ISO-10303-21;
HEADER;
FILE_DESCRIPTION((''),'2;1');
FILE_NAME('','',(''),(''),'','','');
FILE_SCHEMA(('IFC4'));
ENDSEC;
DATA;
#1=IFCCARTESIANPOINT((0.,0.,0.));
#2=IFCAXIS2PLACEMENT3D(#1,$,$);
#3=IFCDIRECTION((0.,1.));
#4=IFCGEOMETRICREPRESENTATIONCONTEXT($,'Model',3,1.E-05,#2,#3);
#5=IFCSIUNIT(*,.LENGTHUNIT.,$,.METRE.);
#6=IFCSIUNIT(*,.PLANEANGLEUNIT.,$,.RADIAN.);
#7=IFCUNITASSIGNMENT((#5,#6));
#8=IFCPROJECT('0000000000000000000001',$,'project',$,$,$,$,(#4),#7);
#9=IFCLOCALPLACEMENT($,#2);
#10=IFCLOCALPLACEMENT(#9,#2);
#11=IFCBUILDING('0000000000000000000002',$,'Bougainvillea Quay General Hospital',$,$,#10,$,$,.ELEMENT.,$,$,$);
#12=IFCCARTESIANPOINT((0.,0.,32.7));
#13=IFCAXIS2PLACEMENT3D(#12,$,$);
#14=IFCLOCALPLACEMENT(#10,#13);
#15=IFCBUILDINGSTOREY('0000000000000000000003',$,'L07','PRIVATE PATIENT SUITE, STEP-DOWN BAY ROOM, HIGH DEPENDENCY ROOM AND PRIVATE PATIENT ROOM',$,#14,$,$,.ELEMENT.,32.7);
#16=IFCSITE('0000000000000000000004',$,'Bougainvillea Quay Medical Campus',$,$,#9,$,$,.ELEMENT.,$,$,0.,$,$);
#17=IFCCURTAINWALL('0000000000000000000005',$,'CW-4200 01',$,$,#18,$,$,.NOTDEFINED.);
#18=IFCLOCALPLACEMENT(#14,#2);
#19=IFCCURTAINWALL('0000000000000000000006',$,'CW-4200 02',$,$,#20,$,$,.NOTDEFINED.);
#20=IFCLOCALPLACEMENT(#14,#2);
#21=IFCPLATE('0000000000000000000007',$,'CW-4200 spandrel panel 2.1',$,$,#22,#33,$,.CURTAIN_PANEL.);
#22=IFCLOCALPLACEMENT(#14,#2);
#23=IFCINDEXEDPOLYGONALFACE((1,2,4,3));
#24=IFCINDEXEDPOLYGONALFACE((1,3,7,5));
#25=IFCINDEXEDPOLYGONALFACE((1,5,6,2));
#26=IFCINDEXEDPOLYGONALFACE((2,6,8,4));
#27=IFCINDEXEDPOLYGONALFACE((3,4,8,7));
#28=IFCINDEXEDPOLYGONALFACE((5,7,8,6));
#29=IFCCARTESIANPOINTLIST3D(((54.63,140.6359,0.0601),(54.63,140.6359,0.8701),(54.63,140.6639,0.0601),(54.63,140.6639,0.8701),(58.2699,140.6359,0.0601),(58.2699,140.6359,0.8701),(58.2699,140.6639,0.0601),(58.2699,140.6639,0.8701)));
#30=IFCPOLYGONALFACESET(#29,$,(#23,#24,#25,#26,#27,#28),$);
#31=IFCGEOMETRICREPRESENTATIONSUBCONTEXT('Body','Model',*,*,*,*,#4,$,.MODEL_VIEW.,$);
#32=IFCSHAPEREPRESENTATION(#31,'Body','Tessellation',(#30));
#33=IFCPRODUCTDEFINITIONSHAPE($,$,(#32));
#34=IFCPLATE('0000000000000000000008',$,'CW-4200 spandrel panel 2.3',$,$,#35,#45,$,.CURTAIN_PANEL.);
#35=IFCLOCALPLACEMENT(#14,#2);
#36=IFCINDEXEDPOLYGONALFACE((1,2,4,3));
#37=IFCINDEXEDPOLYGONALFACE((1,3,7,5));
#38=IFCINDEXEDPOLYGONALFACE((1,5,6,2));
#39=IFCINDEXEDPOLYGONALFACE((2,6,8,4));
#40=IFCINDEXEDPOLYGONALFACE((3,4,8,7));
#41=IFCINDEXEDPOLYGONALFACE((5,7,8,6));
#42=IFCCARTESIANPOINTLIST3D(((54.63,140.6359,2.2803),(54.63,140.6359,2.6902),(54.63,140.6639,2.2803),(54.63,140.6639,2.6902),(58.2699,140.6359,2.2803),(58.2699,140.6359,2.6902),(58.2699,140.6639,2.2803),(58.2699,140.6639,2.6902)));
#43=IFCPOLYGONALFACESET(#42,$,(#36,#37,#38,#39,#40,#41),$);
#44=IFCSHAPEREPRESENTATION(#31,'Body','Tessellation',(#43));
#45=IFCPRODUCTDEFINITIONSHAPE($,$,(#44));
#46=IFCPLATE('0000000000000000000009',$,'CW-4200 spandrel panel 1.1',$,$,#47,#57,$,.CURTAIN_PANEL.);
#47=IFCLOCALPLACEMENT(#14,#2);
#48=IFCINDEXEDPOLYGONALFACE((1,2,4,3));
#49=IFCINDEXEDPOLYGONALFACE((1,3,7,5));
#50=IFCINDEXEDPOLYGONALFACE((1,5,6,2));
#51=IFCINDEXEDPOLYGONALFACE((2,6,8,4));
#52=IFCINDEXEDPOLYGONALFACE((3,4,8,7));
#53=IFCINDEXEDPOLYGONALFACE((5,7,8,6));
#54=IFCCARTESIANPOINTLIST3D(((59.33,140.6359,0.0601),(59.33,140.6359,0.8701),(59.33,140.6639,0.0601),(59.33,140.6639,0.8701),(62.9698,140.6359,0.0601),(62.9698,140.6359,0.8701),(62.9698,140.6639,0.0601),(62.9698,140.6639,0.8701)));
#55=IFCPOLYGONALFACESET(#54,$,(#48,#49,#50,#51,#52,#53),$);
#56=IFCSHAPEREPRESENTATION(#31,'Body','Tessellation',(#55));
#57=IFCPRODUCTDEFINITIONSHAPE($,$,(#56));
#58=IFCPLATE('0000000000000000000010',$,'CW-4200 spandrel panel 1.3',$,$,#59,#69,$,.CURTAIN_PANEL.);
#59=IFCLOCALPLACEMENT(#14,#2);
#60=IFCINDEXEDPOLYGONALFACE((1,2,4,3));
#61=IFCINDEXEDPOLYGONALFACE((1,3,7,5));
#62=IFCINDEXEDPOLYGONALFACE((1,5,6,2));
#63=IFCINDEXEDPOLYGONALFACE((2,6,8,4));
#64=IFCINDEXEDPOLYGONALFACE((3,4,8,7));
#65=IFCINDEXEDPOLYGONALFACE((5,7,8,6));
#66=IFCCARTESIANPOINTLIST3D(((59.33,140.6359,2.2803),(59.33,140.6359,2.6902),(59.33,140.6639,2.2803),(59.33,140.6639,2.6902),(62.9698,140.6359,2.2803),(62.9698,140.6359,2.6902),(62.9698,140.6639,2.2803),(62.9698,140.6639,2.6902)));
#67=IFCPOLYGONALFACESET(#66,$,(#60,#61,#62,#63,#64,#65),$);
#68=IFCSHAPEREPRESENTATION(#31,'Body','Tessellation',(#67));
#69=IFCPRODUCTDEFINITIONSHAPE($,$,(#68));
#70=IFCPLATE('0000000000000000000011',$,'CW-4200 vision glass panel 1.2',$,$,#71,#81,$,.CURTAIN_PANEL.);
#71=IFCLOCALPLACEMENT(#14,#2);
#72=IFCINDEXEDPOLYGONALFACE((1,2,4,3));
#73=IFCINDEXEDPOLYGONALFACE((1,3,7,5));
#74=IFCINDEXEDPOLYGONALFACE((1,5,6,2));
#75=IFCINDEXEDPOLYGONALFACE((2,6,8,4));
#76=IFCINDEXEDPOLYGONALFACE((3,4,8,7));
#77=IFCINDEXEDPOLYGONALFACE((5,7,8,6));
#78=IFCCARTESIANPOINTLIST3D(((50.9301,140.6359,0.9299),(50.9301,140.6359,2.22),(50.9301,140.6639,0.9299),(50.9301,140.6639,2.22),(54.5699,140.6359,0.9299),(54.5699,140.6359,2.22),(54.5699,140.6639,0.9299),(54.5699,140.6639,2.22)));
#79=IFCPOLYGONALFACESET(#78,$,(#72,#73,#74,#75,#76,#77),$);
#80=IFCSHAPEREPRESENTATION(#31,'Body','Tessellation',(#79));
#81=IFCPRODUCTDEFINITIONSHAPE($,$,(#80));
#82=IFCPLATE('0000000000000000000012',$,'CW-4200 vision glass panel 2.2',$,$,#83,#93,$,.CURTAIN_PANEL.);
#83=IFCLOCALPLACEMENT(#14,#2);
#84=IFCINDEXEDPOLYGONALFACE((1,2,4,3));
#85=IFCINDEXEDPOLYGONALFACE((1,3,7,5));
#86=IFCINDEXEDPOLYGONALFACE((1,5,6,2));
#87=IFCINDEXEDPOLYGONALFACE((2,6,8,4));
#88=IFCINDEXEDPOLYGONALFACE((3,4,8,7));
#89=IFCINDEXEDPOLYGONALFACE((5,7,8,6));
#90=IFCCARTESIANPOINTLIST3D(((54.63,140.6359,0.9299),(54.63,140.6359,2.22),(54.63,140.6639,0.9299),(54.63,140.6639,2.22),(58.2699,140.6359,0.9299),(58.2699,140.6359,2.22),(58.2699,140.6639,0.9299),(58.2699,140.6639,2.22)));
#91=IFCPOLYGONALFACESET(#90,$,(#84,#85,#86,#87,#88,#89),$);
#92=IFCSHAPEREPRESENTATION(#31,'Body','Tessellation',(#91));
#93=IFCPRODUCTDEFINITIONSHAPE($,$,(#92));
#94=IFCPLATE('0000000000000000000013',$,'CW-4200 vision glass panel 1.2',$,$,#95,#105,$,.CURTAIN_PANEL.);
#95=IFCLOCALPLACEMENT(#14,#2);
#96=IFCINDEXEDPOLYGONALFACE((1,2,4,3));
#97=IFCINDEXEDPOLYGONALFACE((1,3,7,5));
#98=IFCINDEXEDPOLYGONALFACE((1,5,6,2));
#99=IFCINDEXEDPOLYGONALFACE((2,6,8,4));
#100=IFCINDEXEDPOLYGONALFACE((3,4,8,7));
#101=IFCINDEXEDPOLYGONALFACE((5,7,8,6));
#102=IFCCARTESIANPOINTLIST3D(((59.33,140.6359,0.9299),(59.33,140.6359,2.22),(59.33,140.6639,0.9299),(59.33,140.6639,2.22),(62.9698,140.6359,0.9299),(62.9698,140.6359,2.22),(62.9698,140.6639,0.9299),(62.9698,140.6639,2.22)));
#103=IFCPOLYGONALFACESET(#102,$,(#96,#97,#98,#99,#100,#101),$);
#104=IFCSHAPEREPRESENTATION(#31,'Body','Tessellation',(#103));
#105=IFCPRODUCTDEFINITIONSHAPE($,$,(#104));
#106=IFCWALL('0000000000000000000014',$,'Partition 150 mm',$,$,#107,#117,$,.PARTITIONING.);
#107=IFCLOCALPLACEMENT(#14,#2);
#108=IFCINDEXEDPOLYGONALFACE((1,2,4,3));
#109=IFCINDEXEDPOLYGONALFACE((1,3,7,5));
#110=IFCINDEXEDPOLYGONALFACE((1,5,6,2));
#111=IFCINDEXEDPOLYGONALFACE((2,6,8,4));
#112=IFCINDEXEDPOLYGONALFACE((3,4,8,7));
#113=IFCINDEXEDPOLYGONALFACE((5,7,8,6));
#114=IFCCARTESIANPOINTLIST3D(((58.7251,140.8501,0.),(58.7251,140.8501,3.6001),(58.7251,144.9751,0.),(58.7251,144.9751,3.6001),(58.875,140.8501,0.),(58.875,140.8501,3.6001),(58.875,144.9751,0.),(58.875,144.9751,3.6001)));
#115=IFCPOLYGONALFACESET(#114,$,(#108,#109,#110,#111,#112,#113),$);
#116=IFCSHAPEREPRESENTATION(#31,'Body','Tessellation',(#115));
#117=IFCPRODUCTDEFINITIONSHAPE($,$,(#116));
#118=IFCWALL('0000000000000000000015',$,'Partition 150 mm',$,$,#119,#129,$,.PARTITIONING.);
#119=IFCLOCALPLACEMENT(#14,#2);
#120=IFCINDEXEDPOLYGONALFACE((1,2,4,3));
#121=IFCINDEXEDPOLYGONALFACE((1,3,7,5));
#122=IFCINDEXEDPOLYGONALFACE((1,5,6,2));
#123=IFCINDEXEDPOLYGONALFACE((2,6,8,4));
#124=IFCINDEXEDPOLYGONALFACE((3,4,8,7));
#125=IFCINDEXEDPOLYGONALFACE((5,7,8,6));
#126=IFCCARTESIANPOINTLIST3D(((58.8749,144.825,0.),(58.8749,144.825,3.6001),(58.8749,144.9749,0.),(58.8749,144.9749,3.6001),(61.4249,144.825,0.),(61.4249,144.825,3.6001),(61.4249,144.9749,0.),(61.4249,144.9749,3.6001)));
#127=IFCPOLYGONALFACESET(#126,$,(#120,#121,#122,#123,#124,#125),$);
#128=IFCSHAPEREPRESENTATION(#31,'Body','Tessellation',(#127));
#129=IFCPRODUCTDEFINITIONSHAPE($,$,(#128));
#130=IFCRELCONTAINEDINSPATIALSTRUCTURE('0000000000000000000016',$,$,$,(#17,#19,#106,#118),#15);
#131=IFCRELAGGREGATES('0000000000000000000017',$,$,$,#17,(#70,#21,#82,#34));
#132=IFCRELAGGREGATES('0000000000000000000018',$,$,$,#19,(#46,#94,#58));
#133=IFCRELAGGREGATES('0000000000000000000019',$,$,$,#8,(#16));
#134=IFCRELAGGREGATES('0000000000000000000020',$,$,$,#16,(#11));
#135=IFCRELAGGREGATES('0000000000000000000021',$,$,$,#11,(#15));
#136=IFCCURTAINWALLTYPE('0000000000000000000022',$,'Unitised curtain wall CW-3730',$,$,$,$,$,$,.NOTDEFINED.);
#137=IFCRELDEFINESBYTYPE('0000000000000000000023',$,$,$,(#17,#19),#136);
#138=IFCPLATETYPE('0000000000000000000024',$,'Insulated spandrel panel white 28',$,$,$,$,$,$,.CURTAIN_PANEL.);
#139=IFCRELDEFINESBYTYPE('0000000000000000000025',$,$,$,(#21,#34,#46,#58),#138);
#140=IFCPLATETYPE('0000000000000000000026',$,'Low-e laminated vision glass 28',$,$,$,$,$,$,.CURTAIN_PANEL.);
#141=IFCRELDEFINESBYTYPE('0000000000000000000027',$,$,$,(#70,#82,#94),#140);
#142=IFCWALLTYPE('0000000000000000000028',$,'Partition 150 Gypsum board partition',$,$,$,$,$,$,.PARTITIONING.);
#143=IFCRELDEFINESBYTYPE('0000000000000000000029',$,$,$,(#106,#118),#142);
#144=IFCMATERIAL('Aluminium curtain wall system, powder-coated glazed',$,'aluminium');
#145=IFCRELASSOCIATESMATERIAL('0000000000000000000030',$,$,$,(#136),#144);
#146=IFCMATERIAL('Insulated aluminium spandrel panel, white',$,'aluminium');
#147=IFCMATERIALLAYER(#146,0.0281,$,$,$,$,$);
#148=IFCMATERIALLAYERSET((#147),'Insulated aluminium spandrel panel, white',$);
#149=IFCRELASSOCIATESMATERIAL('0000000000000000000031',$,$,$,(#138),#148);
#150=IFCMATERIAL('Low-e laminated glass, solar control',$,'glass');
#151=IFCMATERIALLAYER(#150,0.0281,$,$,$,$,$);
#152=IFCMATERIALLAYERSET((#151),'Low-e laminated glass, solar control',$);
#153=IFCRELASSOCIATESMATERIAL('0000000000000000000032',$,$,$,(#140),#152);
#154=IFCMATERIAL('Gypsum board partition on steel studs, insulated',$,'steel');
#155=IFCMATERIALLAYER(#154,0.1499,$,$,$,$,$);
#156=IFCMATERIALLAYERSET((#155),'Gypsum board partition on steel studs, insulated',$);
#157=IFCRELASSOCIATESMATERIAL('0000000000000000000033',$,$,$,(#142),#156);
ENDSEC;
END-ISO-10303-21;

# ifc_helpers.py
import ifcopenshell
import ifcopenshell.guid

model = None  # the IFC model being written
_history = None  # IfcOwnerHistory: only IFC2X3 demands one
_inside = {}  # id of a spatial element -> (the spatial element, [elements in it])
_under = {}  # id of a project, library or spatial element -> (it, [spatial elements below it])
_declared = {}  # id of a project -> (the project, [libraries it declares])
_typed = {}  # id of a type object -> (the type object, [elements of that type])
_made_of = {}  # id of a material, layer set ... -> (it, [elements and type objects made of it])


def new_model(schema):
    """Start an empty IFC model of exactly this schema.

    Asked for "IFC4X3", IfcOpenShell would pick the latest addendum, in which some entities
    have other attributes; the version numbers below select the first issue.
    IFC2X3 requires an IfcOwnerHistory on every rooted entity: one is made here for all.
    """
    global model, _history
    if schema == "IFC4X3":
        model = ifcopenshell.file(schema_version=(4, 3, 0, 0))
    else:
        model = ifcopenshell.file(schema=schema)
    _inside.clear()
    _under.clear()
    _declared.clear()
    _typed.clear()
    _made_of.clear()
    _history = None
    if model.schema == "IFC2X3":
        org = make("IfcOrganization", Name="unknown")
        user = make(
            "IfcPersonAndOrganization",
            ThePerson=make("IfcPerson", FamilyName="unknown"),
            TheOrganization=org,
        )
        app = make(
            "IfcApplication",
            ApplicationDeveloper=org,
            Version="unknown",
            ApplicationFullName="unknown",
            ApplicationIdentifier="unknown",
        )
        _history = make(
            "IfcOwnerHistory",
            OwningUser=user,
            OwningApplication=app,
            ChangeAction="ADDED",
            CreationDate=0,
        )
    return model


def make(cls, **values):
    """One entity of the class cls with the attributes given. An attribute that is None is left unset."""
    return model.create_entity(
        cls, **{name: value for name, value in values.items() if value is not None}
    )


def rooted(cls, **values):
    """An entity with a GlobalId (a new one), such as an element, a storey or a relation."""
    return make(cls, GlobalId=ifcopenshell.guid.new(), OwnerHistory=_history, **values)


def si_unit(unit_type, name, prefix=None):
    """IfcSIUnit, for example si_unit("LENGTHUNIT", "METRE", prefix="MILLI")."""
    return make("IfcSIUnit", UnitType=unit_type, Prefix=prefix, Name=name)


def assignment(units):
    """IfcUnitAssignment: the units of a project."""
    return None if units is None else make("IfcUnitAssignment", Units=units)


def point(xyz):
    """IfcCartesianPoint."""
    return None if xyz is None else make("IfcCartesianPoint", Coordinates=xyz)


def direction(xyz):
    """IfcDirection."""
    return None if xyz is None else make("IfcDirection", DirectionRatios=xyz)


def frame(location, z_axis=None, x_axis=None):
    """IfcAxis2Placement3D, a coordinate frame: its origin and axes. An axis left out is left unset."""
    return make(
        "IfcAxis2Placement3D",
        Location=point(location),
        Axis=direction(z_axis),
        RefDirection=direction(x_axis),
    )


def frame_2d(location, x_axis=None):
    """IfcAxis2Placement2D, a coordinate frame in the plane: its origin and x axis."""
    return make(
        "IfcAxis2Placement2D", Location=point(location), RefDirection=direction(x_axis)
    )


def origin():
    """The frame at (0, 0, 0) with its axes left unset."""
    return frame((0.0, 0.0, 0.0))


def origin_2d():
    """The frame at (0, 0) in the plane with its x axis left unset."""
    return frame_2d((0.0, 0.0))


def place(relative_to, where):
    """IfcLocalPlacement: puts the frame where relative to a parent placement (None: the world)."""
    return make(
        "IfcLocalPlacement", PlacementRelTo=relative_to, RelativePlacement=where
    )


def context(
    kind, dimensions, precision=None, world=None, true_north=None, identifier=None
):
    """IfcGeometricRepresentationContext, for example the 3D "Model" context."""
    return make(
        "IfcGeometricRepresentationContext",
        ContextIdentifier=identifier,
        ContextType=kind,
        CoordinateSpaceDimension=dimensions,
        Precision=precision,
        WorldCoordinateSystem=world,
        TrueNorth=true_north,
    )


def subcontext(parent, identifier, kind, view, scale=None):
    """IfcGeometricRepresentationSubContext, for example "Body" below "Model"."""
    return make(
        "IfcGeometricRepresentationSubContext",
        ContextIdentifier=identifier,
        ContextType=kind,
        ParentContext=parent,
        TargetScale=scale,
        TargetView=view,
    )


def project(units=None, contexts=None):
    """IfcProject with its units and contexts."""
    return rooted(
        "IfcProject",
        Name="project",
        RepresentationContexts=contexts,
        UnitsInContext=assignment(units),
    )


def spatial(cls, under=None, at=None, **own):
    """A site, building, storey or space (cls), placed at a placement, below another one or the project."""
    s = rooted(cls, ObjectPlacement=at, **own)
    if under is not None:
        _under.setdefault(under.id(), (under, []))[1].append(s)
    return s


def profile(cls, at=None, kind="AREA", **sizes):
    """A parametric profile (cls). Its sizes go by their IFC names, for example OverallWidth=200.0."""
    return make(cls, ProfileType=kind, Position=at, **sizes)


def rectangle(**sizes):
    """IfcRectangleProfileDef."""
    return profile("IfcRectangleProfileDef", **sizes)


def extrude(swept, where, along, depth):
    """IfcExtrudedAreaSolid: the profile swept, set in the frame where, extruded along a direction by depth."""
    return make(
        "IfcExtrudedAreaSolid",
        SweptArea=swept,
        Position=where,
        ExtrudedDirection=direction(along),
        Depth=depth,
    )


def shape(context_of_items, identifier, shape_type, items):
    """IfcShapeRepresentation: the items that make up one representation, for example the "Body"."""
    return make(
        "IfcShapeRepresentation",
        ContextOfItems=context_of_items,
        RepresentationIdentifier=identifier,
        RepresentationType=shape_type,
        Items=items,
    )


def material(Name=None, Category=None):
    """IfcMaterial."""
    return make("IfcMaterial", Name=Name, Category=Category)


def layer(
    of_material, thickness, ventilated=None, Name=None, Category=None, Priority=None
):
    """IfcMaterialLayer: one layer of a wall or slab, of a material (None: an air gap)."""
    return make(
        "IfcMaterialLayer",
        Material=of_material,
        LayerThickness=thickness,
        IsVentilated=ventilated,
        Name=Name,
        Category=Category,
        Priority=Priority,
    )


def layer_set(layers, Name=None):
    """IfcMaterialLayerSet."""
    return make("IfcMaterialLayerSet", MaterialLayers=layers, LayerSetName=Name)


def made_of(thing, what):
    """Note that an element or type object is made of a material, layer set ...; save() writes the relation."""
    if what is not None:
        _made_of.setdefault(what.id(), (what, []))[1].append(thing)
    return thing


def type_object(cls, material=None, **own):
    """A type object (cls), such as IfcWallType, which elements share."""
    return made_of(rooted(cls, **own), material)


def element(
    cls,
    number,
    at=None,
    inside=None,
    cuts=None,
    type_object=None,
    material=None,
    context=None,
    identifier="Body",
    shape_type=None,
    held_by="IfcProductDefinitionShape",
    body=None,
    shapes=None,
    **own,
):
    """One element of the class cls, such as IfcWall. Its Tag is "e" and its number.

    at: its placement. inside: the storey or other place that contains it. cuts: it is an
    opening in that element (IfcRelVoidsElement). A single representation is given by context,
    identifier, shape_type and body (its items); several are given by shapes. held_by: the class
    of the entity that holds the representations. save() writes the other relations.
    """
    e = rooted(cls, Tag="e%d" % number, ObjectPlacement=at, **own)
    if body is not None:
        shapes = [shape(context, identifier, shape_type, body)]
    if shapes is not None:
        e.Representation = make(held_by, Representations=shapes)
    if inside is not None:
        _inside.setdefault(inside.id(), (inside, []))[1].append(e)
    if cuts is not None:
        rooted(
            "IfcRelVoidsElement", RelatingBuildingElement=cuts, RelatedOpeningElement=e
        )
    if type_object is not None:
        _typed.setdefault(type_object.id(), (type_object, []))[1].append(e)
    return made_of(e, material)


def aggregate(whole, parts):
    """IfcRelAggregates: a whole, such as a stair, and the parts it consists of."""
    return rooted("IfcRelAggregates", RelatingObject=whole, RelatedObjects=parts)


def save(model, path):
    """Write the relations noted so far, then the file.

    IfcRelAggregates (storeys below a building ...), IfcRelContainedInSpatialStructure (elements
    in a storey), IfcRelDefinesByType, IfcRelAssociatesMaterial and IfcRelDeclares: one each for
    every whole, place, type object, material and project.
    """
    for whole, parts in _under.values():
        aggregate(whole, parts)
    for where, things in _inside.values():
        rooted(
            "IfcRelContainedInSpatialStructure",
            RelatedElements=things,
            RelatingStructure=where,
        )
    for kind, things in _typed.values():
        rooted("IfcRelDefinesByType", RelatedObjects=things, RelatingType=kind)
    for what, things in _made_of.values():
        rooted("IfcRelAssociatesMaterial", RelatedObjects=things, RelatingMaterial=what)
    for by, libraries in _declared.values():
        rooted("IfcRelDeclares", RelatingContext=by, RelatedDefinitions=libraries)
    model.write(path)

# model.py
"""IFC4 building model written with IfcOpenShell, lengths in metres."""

from ifc_helpers import new_model, si_unit, direction, frame, frame_2d, origin, origin_2d, place, context, subcontext, project, spatial, rectangle, extrude, material, layer, layer_set, type_object, element, aggregate, save


model = new_model("IFC4")

# Units and contexts
model_context = context("Model", 3, precision=1e-05, world=origin(), true_north=direction((0.0, 1.0)))
body_context = subcontext(model_context, "Body", "Model", "MODEL_VIEW")
ifc_project = project(units=[si_unit("LENGTHUNIT", "METRE"), si_unit("PLANEANGLEUNIT", "RADIAN")], contexts=[model_context])

# Site, building, storey
site_placement = place(None, origin())
site = spatial("IfcSite", under=ifc_project, at=site_placement, Name="Bougainvillea Quay Medical Campus", CompositionType="ELEMENT", RefElevation=0.0)
building_placement = place(site_placement, origin())
building = spatial("IfcBuilding", under=site, at=building_placement, Name="Bougainvillea Quay General Hospital", CompositionType="ELEMENT")
storey_placement = place(building_placement, frame((0.0, 0.0, 32.7)))
storey = spatial("IfcBuildingStorey", under=building, at=storey_placement, Name="L07", Description="PRIVATE PATIENT SUITE, STEP-DOWN BAY ROOM, HIGH DEPENDENCY ROOM AND PRIVATE PATIENT ROOM", CompositionType="ELEMENT", Elevation=32.7)

# Curtain wall
ifc_material_1 = material(Name="Aluminium curtain wall system, powder-coated glazed", Category="aluminium")
curtain_wall_type = type_object("IfcCurtainWallType", Name="Unitised curtain wall CW-3730", PredefinedType="NOTDEFINED", material=ifc_material_1)
curtain_wall_1_placement = place(storey_placement, origin())
curtain_wall_1 = element("IfcCurtainWall", 1, at=curtain_wall_1_placement, inside=storey, type_object=curtain_wall_type, Name="CW-4200 01", PredefinedType="NOTDEFINED")

# Curtain wall
curtain_wall_2_placement = place(storey_placement, origin())
curtain_wall_2 = element("IfcCurtainWall", 2, at=curtain_wall_2_placement, inside=storey, type_object=curtain_wall_type, Name="CW-4200 02", PredefinedType="NOTDEFINED")

# Plates
ifc_material_2 = material(Name="Insulated aluminium spandrel panel, white", Category="aluminium")
ifc_layer_1 = layer(ifc_material_2, 0.0281)
ifc_layer_set_1 = layer_set([ifc_layer_1], Name="Insulated aluminium spandrel panel, white")
plate_type_1 = type_object("IfcPlateType", Name="Insulated spandrel panel white 28", PredefinedType="CURTAIN_PANEL", material=ifc_layer_set_1)
plate_1_placement = place(storey_placement, frame((56.45, 140.6499, 0.0601), z_axis=(0.0, 0.0, 1.0), x_axis=(1.0, 0.0, 0.0)))
plate_1 = element("IfcPlate", 3, at=plate_1_placement, type_object=plate_type_1, Name="CW-4200 spandrel panel 2.1", PredefinedType="CURTAIN_PANEL", context=body_context, shape_type="SweptSolid", body=[
    extrude(rectangle(XDim=3.6399, YDim=0.0281, at=origin_2d()), origin(), (0.0, 0.0, 1.0), 0.8101),
])
plate_2_placement = place(storey_placement, frame((56.45, 140.6499, 2.2803), z_axis=(0.0, 0.0, 1.0), x_axis=(1.0, 0.0, 0.0)))
plate_2 = element("IfcPlate", 4, at=plate_2_placement, type_object=plate_type_1, Name="CW-4200 spandrel panel 2.3", PredefinedType="CURTAIN_PANEL", context=body_context, shape_type="SweptSolid", body=[
    extrude(rectangle(XDim=3.6399, YDim=0.0281, at=origin_2d()), origin(), (0.0, 0.0, 1.0), 0.4099),
])
plate_3_placement = place(storey_placement, frame((61.1499, 140.6499, 0.0601), z_axis=(0.0, 0.0, 1.0), x_axis=(1.0, 0.0, 0.0)))
plate_3 = element("IfcPlate", 5, at=plate_3_placement, type_object=plate_type_1, Name="CW-4200 spandrel panel 1.1", PredefinedType="CURTAIN_PANEL", context=body_context, shape_type="SweptSolid", body=[
    extrude(rectangle(XDim=3.6399, YDim=0.0281, at=origin_2d()), origin(), (0.0, 0.0, 1.0), 0.8101),
])
plate_4_placement = place(storey_placement, frame((61.1499, 140.6499, 2.2803), z_axis=(0.0, 0.0, 1.0), x_axis=(1.0, 0.0, 0.0)))
plate_4 = element("IfcPlate", 6, at=plate_4_placement, type_object=plate_type_1, Name="CW-4200 spandrel panel 1.3", PredefinedType="CURTAIN_PANEL", context=body_context, shape_type="SweptSolid", body=[
    extrude(rectangle(XDim=3.6399, YDim=0.0281, at=origin_2d()), origin(), (0.0, 0.0, 1.0), 0.4099),
])
ifc_material_3 = material(Name="Low-e laminated glass, solar control", Category="glass")
ifc_layer_2 = layer(ifc_material_3, 0.0281)
ifc_layer_set_2 = layer_set([ifc_layer_2], Name="Low-e laminated glass, solar control")
plate_type_2 = type_object("IfcPlateType", Name="Low-e laminated vision glass 28", PredefinedType="CURTAIN_PANEL", material=ifc_layer_set_2)
plate_5_placement = place(storey_placement, frame((52.75, 140.6499, 0.9299), z_axis=(0.0, 0.0, 1.0), x_axis=(1.0, 0.0, 0.0)))
plate_5 = element("IfcPlate", 7, at=plate_5_placement, type_object=plate_type_2, Name="CW-4200 vision glass panel 1.2", PredefinedType="CURTAIN_PANEL", context=body_context, shape_type="SweptSolid", body=[
    extrude(rectangle(XDim=3.6399, YDim=0.0281, at=origin_2d()), origin(), (0.0, 0.0, 1.0), 1.29),
])
plate_6_placement = place(storey_placement, frame((56.45, 140.6499, 0.9299), z_axis=(0.0, 0.0, 1.0), x_axis=(1.0, 0.0, 0.0)))
plate_6 = element("IfcPlate", 8, at=plate_6_placement, type_object=plate_type_2, Name="CW-4200 vision glass panel 2.2", PredefinedType="CURTAIN_PANEL", context=body_context, shape_type="SweptSolid", body=[
    extrude(rectangle(XDim=3.6399, YDim=0.0281, at=origin_2d()), origin(), (0.0, 0.0, 1.0), 1.29),
])
aggregate(curtain_wall_1, [plate_5, plate_1, plate_6, plate_2])
plate_7_placement = place(storey_placement, frame((61.1499, 140.6499, 0.9299), z_axis=(0.0, 0.0, 1.0), x_axis=(1.0, 0.0, 0.0)))
plate_7 = element("IfcPlate", 9, at=plate_7_placement, type_object=plate_type_2, Name="CW-4200 vision glass panel 1.2", PredefinedType="CURTAIN_PANEL", context=body_context, shape_type="SweptSolid", body=[
    extrude(rectangle(XDim=3.6399, YDim=0.0281, at=origin_2d()), origin(), (0.0, 0.0, 1.0), 1.29),
])
aggregate(curtain_wall_2, [plate_3, plate_7, plate_4])

# Walls
ifc_material_4 = material(Name="Gypsum board partition on steel studs, insulated", Category="steel")
ifc_layer_3 = layer(ifc_material_4, 0.1499)
ifc_layer_set_3 = layer_set([ifc_layer_3], Name="Gypsum board partition on steel studs, insulated")
wall_type = type_object("IfcWallType", Name="Partition 150 Gypsum board partition", PredefinedType="PARTITIONING", material=ifc_layer_set_3)
wall_1_placement = place(storey_placement, frame((58.8, 140.8501, 0.0), z_axis=(0.0, 0.0, 1.0), x_axis=(0.0, 1.0, 0.0)))
element("IfcWall", 10, at=wall_1_placement, inside=storey, type_object=wall_type, Name="Partition 150 mm", PredefinedType="PARTITIONING", context=body_context, shape_type="SweptSolid", body=[
    extrude(rectangle(XDim=4.125, YDim=0.1499, at=frame_2d((2.0625, 0.0))), origin(), (0.0, 0.0, 1.0), 3.6001),
])
wall_2_placement = place(storey_placement, frame((58.875, 144.8999, 0.0), z_axis=(0.0, 0.0, 1.0), x_axis=(1.0, 0.0, 0.0)))
element("IfcWall", 11, at=wall_2_placement, inside=storey, type_object=wall_type, Name="Partition 150 mm", PredefinedType="PARTITIONING", context=body_context, shape_type="SweptSolid", body=[
    extrude(rectangle(XDim=2.55, YDim=0.1499, at=frame_2d((1.2749, 0.0))), origin(), (0.0, 0.0, 1.0), 3.6001),
])

save(model, "model.ifc")
